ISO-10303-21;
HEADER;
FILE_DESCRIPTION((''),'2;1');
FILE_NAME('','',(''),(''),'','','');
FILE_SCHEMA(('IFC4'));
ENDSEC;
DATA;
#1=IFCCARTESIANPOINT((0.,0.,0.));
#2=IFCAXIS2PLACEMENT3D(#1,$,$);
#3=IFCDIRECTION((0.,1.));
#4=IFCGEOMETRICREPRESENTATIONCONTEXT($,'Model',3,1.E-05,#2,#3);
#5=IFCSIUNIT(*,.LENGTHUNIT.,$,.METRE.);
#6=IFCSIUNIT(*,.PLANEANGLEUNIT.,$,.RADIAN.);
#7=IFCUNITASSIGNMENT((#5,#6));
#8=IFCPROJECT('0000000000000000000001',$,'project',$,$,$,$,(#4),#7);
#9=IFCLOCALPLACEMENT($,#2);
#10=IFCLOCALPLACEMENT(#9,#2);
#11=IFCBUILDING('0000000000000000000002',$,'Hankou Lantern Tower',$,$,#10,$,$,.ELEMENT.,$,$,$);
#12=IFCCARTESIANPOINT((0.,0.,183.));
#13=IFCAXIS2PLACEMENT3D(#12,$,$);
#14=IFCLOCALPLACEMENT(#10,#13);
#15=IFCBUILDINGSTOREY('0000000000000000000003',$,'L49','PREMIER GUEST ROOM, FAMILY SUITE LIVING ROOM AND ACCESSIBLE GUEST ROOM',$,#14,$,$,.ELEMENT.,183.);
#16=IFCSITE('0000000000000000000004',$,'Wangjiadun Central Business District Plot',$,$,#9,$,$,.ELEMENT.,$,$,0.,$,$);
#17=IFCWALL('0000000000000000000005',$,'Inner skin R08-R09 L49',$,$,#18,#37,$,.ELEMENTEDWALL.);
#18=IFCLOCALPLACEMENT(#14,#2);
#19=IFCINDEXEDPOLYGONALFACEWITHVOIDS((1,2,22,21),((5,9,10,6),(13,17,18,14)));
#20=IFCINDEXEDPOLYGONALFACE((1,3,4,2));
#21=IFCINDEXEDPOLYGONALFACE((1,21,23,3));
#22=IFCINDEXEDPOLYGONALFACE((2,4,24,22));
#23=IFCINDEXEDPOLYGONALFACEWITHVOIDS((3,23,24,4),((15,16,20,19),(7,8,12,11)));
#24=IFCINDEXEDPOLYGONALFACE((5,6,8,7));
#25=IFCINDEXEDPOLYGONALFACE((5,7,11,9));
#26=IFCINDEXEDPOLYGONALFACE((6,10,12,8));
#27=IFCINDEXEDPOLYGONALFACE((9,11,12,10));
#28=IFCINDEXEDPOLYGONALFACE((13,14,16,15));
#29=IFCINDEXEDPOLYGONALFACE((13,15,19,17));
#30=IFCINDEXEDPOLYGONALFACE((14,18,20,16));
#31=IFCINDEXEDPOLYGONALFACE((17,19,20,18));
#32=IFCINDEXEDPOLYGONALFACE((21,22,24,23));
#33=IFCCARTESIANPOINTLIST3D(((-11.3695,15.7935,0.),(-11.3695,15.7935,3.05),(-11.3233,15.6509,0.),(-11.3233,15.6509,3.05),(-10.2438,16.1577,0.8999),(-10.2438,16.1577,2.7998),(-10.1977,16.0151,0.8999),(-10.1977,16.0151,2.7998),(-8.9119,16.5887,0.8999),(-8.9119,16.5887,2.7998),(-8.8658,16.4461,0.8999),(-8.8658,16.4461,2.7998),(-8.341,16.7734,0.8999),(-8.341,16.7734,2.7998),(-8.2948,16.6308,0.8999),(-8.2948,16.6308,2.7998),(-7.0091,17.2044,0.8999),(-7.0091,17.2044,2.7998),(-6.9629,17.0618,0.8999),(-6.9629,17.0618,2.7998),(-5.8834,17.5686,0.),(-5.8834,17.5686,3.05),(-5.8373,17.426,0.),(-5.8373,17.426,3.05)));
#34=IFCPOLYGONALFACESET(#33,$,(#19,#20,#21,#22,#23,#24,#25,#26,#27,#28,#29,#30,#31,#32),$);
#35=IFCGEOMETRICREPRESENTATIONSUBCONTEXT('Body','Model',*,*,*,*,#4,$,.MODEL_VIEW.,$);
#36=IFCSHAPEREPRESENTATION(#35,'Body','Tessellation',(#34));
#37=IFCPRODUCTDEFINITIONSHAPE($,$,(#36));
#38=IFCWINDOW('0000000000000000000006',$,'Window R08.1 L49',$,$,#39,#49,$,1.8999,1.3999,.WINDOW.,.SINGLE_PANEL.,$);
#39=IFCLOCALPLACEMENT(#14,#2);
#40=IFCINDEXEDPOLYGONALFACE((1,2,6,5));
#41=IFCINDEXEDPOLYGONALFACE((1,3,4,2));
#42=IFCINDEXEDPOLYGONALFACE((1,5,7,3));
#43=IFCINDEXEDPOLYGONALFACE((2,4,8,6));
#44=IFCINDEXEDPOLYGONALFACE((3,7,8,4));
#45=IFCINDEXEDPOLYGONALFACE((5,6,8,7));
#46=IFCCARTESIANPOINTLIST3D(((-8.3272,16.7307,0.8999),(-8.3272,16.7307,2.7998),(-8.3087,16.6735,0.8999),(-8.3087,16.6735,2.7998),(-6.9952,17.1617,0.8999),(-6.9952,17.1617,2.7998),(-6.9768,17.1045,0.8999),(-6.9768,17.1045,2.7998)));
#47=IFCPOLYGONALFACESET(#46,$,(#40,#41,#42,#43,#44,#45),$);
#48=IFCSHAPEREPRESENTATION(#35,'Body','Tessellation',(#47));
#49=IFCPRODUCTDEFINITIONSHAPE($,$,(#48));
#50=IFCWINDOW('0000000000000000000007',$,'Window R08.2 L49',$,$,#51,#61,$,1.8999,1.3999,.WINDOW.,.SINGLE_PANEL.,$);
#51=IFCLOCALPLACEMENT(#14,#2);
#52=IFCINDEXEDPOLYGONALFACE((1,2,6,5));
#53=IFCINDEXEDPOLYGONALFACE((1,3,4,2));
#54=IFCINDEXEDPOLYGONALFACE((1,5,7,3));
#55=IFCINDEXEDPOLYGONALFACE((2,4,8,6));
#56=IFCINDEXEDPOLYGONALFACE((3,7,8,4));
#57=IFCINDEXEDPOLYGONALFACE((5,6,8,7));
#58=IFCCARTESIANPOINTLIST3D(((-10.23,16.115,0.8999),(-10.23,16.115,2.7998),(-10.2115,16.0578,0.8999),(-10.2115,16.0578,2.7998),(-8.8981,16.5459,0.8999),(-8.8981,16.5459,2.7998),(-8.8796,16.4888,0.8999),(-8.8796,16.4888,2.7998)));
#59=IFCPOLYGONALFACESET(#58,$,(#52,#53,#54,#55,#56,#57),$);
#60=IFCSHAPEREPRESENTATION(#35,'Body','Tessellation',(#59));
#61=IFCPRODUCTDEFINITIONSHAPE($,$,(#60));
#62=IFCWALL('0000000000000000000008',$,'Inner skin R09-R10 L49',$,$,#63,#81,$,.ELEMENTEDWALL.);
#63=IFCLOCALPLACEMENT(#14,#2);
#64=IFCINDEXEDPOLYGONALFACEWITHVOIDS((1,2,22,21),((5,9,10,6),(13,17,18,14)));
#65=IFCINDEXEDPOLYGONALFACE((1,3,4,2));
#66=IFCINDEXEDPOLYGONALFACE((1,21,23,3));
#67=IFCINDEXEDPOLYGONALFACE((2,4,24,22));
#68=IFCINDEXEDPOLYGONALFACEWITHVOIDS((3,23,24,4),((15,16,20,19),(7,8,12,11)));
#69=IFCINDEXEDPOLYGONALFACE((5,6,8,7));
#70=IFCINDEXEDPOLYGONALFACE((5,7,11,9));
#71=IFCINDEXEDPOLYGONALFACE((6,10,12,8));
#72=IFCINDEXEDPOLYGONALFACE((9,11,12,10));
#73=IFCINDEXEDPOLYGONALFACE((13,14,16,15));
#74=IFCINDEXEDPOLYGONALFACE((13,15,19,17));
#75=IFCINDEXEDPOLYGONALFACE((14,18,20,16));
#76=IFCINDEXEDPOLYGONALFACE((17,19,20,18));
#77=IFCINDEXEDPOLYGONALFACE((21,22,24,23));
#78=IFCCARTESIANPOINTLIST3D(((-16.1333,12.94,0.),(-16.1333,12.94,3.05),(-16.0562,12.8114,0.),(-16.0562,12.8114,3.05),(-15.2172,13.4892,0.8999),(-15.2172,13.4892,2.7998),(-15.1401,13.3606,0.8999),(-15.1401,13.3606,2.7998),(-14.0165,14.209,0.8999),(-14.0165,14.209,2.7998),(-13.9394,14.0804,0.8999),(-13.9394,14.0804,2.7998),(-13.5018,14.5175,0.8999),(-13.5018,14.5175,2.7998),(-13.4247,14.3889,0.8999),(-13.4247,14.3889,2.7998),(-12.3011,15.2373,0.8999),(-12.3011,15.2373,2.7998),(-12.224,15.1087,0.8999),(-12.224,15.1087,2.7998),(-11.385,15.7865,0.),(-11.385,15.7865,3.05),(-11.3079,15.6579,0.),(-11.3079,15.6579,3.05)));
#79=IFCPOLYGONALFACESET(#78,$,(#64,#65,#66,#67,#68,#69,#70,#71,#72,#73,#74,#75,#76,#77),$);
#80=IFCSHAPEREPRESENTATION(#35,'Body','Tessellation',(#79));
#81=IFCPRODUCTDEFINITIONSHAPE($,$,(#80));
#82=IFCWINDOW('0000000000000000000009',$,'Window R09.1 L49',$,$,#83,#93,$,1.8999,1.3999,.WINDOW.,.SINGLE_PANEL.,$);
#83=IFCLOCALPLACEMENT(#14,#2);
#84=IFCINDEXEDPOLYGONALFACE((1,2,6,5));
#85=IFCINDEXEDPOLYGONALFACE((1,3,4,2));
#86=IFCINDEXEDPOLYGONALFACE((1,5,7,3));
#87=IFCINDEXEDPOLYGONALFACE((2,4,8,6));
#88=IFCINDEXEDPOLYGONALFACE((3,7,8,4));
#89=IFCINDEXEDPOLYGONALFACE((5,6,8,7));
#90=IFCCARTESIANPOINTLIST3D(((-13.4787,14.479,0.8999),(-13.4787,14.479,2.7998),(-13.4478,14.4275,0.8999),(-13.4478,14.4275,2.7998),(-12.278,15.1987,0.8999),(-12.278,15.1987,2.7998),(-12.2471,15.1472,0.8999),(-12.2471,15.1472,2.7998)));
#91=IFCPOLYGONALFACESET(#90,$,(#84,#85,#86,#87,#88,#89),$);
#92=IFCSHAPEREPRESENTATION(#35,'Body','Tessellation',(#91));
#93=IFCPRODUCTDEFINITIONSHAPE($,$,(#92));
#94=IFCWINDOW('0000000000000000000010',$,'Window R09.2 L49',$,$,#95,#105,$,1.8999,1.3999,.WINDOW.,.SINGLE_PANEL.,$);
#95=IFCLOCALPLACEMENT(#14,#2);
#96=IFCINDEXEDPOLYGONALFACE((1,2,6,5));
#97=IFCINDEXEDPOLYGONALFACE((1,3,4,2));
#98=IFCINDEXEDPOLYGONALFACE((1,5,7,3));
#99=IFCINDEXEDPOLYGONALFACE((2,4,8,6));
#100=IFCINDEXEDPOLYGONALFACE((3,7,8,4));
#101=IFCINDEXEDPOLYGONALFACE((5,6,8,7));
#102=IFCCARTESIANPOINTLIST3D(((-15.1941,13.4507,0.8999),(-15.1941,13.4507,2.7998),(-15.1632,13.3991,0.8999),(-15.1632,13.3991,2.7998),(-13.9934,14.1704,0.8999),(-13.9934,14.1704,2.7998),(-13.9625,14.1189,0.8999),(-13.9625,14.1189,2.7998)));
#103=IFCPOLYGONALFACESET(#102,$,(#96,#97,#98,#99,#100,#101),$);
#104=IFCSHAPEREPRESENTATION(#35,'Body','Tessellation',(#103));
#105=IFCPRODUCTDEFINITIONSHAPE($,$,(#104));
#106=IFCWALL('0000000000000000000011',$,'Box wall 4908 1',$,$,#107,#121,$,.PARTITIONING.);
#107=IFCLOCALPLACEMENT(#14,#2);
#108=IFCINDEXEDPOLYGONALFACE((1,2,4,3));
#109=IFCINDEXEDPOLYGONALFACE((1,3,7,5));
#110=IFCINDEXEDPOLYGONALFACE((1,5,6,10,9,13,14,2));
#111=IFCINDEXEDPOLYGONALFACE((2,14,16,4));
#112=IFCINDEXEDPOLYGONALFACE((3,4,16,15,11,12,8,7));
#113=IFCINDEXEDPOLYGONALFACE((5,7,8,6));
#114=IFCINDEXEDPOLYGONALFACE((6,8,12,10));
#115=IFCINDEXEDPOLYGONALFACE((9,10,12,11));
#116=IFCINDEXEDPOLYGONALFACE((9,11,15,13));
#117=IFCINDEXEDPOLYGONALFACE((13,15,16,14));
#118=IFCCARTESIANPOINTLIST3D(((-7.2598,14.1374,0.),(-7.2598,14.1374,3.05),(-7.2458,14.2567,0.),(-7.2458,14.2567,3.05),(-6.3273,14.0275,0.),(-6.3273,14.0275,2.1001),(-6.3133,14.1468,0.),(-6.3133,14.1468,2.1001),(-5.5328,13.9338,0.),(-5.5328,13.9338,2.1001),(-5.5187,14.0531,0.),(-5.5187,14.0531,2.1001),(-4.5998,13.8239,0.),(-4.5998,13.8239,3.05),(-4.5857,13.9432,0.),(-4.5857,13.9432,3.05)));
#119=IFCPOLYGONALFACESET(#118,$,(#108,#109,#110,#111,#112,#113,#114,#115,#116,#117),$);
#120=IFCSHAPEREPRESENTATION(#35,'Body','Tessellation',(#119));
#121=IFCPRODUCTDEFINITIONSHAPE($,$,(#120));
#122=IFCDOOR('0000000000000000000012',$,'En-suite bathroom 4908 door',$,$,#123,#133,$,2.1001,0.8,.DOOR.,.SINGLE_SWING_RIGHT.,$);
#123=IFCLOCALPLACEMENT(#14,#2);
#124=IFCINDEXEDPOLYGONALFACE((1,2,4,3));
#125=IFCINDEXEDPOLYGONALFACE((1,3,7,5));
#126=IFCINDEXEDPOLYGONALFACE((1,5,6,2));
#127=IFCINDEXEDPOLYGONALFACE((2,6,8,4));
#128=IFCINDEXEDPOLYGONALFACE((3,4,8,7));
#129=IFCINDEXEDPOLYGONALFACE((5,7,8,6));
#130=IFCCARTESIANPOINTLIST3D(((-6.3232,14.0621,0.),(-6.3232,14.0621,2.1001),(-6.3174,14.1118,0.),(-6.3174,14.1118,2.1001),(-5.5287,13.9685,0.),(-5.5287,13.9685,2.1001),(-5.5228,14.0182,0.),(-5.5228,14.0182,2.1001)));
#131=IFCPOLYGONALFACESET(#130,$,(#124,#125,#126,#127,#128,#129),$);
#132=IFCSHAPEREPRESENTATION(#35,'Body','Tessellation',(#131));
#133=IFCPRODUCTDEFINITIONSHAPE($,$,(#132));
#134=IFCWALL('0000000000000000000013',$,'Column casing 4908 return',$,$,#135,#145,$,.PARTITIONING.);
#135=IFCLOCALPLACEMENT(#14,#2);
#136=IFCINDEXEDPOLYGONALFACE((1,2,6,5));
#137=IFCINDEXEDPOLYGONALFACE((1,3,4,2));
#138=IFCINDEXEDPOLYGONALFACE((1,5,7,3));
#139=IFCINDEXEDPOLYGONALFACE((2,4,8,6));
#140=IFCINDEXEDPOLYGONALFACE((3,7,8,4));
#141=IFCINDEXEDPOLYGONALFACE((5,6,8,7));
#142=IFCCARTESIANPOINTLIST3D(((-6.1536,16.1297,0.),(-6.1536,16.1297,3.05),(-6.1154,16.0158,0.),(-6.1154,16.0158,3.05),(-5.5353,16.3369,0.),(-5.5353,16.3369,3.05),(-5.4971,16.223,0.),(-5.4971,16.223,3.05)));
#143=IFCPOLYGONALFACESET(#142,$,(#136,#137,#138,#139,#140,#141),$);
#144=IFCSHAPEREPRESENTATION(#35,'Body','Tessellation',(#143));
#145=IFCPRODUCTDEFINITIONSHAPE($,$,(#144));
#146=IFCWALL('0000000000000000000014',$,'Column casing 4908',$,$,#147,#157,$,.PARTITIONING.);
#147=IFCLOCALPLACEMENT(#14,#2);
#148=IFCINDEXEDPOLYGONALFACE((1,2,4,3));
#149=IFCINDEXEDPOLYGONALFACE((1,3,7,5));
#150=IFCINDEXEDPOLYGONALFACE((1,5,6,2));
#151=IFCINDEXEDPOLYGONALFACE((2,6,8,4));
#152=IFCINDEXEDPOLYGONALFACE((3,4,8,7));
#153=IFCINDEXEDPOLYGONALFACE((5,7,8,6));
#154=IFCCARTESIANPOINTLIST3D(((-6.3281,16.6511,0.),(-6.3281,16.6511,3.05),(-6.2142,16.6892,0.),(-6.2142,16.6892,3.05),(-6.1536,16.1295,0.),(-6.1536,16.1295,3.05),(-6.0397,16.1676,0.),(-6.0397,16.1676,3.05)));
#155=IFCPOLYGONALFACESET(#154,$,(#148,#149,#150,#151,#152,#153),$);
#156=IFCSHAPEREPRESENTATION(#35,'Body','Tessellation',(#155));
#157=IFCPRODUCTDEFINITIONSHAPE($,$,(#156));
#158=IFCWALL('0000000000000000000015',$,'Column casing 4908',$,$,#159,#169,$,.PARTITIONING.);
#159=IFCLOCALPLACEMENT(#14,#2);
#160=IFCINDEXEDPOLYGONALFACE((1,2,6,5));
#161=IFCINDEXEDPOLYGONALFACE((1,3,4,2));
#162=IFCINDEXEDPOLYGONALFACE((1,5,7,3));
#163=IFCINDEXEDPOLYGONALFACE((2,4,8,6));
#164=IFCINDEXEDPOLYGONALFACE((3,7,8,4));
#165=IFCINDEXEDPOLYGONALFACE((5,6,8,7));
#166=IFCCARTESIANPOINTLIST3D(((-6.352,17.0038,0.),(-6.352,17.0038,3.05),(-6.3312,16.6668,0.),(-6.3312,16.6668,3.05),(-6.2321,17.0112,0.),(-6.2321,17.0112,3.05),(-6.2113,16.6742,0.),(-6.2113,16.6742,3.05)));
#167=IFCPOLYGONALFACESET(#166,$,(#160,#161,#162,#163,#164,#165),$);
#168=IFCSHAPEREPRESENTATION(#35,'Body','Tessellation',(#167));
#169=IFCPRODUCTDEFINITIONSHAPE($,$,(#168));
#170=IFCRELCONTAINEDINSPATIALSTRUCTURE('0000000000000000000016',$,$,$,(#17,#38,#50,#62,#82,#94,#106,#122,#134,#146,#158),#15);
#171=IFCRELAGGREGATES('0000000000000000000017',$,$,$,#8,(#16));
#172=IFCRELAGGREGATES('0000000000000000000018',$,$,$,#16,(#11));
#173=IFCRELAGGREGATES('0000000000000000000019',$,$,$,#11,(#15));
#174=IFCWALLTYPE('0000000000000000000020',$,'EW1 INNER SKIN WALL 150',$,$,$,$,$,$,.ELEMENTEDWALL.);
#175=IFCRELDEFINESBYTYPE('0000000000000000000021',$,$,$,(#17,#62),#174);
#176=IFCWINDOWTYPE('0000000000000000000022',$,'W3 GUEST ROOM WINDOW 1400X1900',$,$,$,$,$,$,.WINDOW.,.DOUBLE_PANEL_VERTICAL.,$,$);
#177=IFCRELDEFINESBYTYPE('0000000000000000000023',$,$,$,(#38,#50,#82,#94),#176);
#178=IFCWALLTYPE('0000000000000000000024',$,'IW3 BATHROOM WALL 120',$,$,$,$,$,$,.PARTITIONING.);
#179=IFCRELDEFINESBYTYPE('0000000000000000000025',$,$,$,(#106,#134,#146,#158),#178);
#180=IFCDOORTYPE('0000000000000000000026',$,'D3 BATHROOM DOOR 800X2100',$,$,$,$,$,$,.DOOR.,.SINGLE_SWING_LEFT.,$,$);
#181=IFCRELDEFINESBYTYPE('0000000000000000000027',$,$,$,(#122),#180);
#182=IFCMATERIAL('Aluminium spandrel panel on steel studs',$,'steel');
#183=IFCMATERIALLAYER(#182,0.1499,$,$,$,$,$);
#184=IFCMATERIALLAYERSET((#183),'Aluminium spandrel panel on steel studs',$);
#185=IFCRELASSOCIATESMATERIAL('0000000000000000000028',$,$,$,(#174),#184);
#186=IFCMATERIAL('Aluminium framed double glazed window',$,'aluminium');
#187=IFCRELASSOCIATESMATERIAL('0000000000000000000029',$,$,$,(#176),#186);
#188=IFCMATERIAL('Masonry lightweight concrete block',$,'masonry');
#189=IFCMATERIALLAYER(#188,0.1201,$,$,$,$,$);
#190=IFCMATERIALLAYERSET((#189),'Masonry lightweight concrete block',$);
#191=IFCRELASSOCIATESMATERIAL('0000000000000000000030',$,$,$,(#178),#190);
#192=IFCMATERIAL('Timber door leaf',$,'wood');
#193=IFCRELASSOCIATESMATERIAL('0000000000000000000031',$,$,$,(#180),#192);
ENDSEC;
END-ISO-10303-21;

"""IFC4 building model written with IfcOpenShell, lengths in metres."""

from ifc_helpers import new_model, si_unit, direction, frame, frame_2d, origin, place, context, subcontext, project, spatial, rectangle, extrude, material, layer, layer_set, type_object, element, fill, save


model = new_model("IFC4")

# Units and contexts
model_context = context("Model", 3, precision=1e-05, world=origin(), true_north=direction((0.0, 1.0)))
body_context = subcontext(model_context, "Body", "Model", "MODEL_VIEW")
ifc_project = project(units=[si_unit("LENGTHUNIT", "METRE"), si_unit("PLANEANGLEUNIT", "RADIAN")], contexts=[model_context])

# Site, building, storey
site_placement = place(None, origin())
site = spatial("IfcSite", under=ifc_project, at=site_placement, Name="Wangjiadun Central Business District Plot", CompositionType="ELEMENT", RefElevation=0.0)
building_placement = place(site_placement, origin())
building = spatial("IfcBuilding", under=site, at=building_placement, Name="Hankou Lantern Tower", CompositionType="ELEMENT")
storey_placement = place(building_placement, frame((0.0, 0.0, 183.0)))
storey = spatial("IfcBuildingStorey", under=building, at=storey_placement, Name="L49", Description="PREMIER GUEST ROOM, FAMILY SUITE LIVING ROOM AND ACCESSIBLE GUEST ROOM", CompositionType="ELEMENT", Elevation=183.0)

# Walls, openings, windows
ifc_material_1 = material(Name="Aluminium spandrel panel on steel studs", Category="steel")
ifc_layer_1 = layer(ifc_material_1, 0.1499)
ifc_layer_set_1 = layer_set([ifc_layer_1], Name="Aluminium spandrel panel on steel studs")
wall_type_1 = type_object("IfcWallType", Name="EW1 INNER SKIN WALL 150", PredefinedType="ELEMENTEDWALL", material=ifc_layer_set_1)
wall_1_placement = place(storey_placement, frame((-5.8604, 17.4973, 0.0), z_axis=(0.0, 0.0, 1.0), x_axis=(-0.951432, -0.307857, 0.0)))
wall_1 = element("IfcWall", 1, at=wall_1_placement, inside=storey, type_object=wall_type_1, Name="Inner skin R08-R09 L49", PredefinedType="ELEMENTEDWALL", context=body_context, shape_type="SweptSolid", body=[
    extrude(rectangle(XDim=5.7661, YDim=0.1499, at=frame_2d((2.8831, 0.0))), origin(), (0.0, 0.0, 1.0), 3.05),
])
opening_1_placement = place(wall_1_placement, frame((1.1831, 0.0, 0.8999)))
opening_1 = element("IfcOpeningElement", 2, at=opening_1_placement, cuts=wall_1, PredefinedType="OPENING", context=body_context, shape_type="SweptSolid", body=[
    extrude(rectangle(XDim=1.3999, YDim=1.8999, at=frame_2d((0.7, 0.95))), frame((0.0, 0.085, 0.0), z_axis=(0.0, -1.0, 0.0), x_axis=(1.0, 0.0, 0.0)), (0.0, 0.0, 1.0), 0.1699),
])
opening_2_placement = place(wall_1_placement, frame((3.1831, 0.0, 0.8999)))
opening_2 = element("IfcOpeningElement", 3, at=opening_2_placement, cuts=wall_1, PredefinedType="OPENING", context=body_context, shape_type="SweptSolid", body=[
    extrude(rectangle(XDim=1.3999, YDim=1.8999, at=frame_2d((0.7, 0.95))), frame((0.0, 0.085, 0.0), z_axis=(0.0, -1.0, 0.0), x_axis=(1.0, 0.0, 0.0)), (0.0, 0.0, 1.0), 0.1699),
])
ifc_material_2 = material(Name="Aluminium framed double glazed window", Category="aluminium")
window_type = type_object("IfcWindowType", Name="W3 GUEST ROOM WINDOW 1400X1900", PartitioningType="DOUBLE_PANEL_VERTICAL", PredefinedType="WINDOW", material=ifc_material_2)
window_1_placement = place(opening_1_placement, origin())
window_1 = element("IfcWindow", 4, at=window_1_placement, inside=storey, type_object=window_type, Name="Window R08.1 L49", OverallHeight=1.8999, OverallWidth=1.3999, PartitioningType="SINGLE_PANEL", PredefinedType="WINDOW", context=body_context, shape_type="SweptSolid", body=[
    extrude(rectangle(XDim=1.3999, YDim=1.8999, at=frame_2d((0.7, 0.95))), frame((0.0, 0.03, 0.0), z_axis=(0.0, -1.0, 0.0), x_axis=(1.0, 0.0, 0.0)), (0.0, 0.0, 1.0), 0.0601),
])
fill(opening_1, window_1)
window_2_placement = place(opening_2_placement, origin())
window_2 = element("IfcWindow", 5, at=window_2_placement, inside=storey, type_object=window_type, Name="Window R08.2 L49", OverallHeight=1.8999, OverallWidth=1.3999, PartitioningType="SINGLE_PANEL", PredefinedType="WINDOW", context=body_context, shape_type="SweptSolid", body=[
    extrude(rectangle(XDim=1.3999, YDim=1.8999, at=frame_2d((0.7, 0.95))), frame((0.0, 0.03, 0.0), z_axis=(0.0, -1.0, 0.0), x_axis=(1.0, 0.0, 0.0)), (0.0, 0.0, 1.0), 0.0601),
])
fill(opening_2, window_2)
wall_2_placement = place(storey_placement, frame((-11.3464, 15.7222, 0.0), z_axis=(0.0, 0.0, 1.0), x_axis=(-0.857695, -0.514158, 0.0)))
wall_2 = element("IfcWall", 6, at=wall_2_placement, inside=storey, type_object=wall_type_1, Name="Inner skin R09-R10 L49", PredefinedType="ELEMENTEDWALL", context=body_context, shape_type="SweptSolid", body=[
    extrude(rectangle(XDim=5.5361, YDim=0.1499, at=frame_2d((2.7681, 0.0))), origin(), (0.0, 0.0, 1.0), 3.05),
])
opening_3_placement = place(wall_2_placement, frame((1.0681, 0.0, 0.8999)))
opening_3 = element("IfcOpeningElement", 7, at=opening_3_placement, cuts=wall_2, PredefinedType="OPENING", context=body_context, shape_type="SweptSolid", body=[
    extrude(rectangle(XDim=1.3999, YDim=1.8999, at=frame_2d((0.7, 0.95))), frame((0.0, 0.085, 0.0), z_axis=(0.0, -1.0, 0.0), x_axis=(1.0, 0.0, 0.0)), (0.0, 0.0, 1.0), 0.1699),
])
opening_4_placement = place(wall_2_placement, frame((3.0681, 0.0, 0.8999)))
opening_4 = element("IfcOpeningElement", 8, at=opening_4_placement, cuts=wall_2, PredefinedType="OPENING", context=body_context, shape_type="SweptSolid", body=[
    extrude(rectangle(XDim=1.3999, YDim=1.8999, at=frame_2d((0.7, 0.95))), frame((0.0, 0.085, 0.0), z_axis=(0.0, -1.0, 0.0), x_axis=(1.0, 0.0, 0.0)), (0.0, 0.0, 1.0), 0.1699),
])
window_3_placement = place(opening_3_placement, origin())
window_3 = element("IfcWindow", 9, at=window_3_placement, inside=storey, type_object=window_type, Name="Window R09.1 L49", OverallHeight=1.8999, OverallWidth=1.3999, PartitioningType="SINGLE_PANEL", PredefinedType="WINDOW", context=body_context, shape_type="SweptSolid", body=[
    extrude(rectangle(XDim=1.3999, YDim=1.8999, at=frame_2d((0.7, 0.95))), frame((0.0, 0.03, 0.0), z_axis=(0.0, -1.0, 0.0), x_axis=(1.0, 0.0, 0.0)), (0.0, 0.0, 1.0), 0.0601),
])
fill(opening_3, window_3)
window_4_placement = place(opening_4_placement, origin())
window_4 = element("IfcWindow", 10, at=window_4_placement, inside=storey, type_object=window_type, Name="Window R09.2 L49", OverallHeight=1.8999, OverallWidth=1.3999, PartitioningType="SINGLE_PANEL", PredefinedType="WINDOW", context=body_context, shape_type="SweptSolid", body=[
    extrude(rectangle(XDim=1.3999, YDim=1.8999, at=frame_2d((0.7, 0.95))), frame((0.0, 0.03, 0.0), z_axis=(0.0, -1.0, 0.0), x_axis=(1.0, 0.0, 0.0)), (0.0, 0.0, 1.0), 0.0601),
])
fill(opening_4, window_4)

# Wall, opening, door
ifc_material_3 = material(Name="Masonry lightweight concrete block", Category="masonry")
ifc_layer_2 = layer(ifc_material_3, 0.1201)
ifc_layer_set_2 = layer_set([ifc_layer_2], Name="Masonry lightweight concrete block")
wall_type_2 = type_object("IfcWallType", Name="IW3 BATHROOM WALL 120", PredefinedType="PARTITIONING", material=ifc_layer_set_2)
wall_3_placement = place(storey_placement, frame((-7.2529, 14.197, 0.0), z_axis=(0.0, 0.0, 1.0), x_axis=(0.993128, -0.117032, 0.0)))
wall_3 = element("IfcWall", 11, at=wall_3_placement, inside=storey, type_object=wall_type_2, Name="Box wall 4908 1", PredefinedType="PARTITIONING", context=body_context, shape_type="SweptSolid", body=[
    extrude(rectangle(XDim=2.6785, YDim=0.1201, at=frame_2d((1.3394, 0.0))), origin(), (0.0, 0.0, 1.0), 3.05),
])
opening_5_placement = place(wall_3_placement, frame((0.9392, 0.0, 0.0)))
opening_5 = element("IfcOpeningElement", 12, at=opening_5_placement, cuts=wall_3, PredefinedType="OPENING", context=body_context, shape_type="SweptSolid", body=[
    extrude(rectangle(XDim=0.8, YDim=2.1001, at=frame_2d((0.3999, 1.05))), frame((0.0, 0.0701, 0.0), z_axis=(0.0, -1.0, 0.0), x_axis=(1.0, 0.0, 0.0)), (0.0, 0.0, 1.0), 0.1401),
])
ifc_material_4 = material(Name="Timber door leaf", Category="wood")
door_type = type_object("IfcDoorType", Name="D3 BATHROOM DOOR 800X2100", OperationType="SINGLE_SWING_LEFT", PredefinedType="DOOR", material=ifc_material_4)
door_placement = place(opening_5_placement, origin())
door = element("IfcDoor", 13, at=door_placement, inside=storey, type_object=door_type, Name="En-suite bathroom 4908 door", OperationType="SINGLE_SWING_RIGHT", OverallHeight=2.1001, OverallWidth=0.8, PredefinedType="DOOR", context=body_context, shape_type="SweptSolid", body=[
    extrude(rectangle(XDim=0.8, YDim=2.1001, at=frame_2d((0.3999, 1.05))), frame((0.0, 0.0249, 0.0), z_axis=(0.0, -1.0, 0.0), x_axis=(1.0, 0.0, 0.0)), (0.0, 0.0, 1.0), 0.05),
])
fill(opening_5, door)

# Walls
wall_4_placement = place(storey_placement, frame((-5.5161, 16.28, 0.0), z_axis=(0.0, 0.0, 1.0), x_axis=(-0.948158, -0.317799, 0.0)))
element("IfcWall", 14, at=wall_4_placement, inside=storey, type_object=wall_type_2, Name="Column casing 4908 return", PredefinedType="PARTITIONING", context=body_context, shape_type="SweptSolid", body=[
    extrude(rectangle(XDim=0.6521, YDim=0.1201, at=frame_2d((0.3262, 0.0))), origin(), (0.0, 0.0, 1.0), 3.05),
])
wall_5_placement = place(storey_placement, frame((-6.0967, 16.1487, 0.0), z_axis=(0.0, 0.0, 1.0), x_axis=(-0.317293, 0.948328, 0.0)))
element("IfcWall", 15, at=wall_5_placement, inside=storey, type_object=wall_type_2, Name="Column casing 4908", PredefinedType="PARTITIONING", context=body_context, shape_type="SweptSolid", body=[
    extrude(rectangle(XDim=0.55, YDim=0.1201, at=frame_2d((0.2749, 0.0))), origin(), (0.0, 0.0, 1.0), 3.05),
])
for number, where, z_axis, x_axis, name in (
    (16, (-6.2712, 16.6704, 0.0), (0.0, 0.0, 1.0), (-0.061478, 0.998108, 0.0), "Column casing 4908"),
):
    element("IfcWall", number, at=place(storey_placement, frame(where, z_axis=z_axis, x_axis=x_axis)), inside=storey, type_object=wall_type_2, Name=name, PredefinedType="PARTITIONING", context=body_context, shape_type="SweptSolid", body=[
        extrude(rectangle(XDim=0.3376, YDim=0.1201, at=frame_2d((0.1689, 0.0))), origin(), (0.0, 0.0, 1.0), 3.05),
    ])

save(model, "model.ifc")
